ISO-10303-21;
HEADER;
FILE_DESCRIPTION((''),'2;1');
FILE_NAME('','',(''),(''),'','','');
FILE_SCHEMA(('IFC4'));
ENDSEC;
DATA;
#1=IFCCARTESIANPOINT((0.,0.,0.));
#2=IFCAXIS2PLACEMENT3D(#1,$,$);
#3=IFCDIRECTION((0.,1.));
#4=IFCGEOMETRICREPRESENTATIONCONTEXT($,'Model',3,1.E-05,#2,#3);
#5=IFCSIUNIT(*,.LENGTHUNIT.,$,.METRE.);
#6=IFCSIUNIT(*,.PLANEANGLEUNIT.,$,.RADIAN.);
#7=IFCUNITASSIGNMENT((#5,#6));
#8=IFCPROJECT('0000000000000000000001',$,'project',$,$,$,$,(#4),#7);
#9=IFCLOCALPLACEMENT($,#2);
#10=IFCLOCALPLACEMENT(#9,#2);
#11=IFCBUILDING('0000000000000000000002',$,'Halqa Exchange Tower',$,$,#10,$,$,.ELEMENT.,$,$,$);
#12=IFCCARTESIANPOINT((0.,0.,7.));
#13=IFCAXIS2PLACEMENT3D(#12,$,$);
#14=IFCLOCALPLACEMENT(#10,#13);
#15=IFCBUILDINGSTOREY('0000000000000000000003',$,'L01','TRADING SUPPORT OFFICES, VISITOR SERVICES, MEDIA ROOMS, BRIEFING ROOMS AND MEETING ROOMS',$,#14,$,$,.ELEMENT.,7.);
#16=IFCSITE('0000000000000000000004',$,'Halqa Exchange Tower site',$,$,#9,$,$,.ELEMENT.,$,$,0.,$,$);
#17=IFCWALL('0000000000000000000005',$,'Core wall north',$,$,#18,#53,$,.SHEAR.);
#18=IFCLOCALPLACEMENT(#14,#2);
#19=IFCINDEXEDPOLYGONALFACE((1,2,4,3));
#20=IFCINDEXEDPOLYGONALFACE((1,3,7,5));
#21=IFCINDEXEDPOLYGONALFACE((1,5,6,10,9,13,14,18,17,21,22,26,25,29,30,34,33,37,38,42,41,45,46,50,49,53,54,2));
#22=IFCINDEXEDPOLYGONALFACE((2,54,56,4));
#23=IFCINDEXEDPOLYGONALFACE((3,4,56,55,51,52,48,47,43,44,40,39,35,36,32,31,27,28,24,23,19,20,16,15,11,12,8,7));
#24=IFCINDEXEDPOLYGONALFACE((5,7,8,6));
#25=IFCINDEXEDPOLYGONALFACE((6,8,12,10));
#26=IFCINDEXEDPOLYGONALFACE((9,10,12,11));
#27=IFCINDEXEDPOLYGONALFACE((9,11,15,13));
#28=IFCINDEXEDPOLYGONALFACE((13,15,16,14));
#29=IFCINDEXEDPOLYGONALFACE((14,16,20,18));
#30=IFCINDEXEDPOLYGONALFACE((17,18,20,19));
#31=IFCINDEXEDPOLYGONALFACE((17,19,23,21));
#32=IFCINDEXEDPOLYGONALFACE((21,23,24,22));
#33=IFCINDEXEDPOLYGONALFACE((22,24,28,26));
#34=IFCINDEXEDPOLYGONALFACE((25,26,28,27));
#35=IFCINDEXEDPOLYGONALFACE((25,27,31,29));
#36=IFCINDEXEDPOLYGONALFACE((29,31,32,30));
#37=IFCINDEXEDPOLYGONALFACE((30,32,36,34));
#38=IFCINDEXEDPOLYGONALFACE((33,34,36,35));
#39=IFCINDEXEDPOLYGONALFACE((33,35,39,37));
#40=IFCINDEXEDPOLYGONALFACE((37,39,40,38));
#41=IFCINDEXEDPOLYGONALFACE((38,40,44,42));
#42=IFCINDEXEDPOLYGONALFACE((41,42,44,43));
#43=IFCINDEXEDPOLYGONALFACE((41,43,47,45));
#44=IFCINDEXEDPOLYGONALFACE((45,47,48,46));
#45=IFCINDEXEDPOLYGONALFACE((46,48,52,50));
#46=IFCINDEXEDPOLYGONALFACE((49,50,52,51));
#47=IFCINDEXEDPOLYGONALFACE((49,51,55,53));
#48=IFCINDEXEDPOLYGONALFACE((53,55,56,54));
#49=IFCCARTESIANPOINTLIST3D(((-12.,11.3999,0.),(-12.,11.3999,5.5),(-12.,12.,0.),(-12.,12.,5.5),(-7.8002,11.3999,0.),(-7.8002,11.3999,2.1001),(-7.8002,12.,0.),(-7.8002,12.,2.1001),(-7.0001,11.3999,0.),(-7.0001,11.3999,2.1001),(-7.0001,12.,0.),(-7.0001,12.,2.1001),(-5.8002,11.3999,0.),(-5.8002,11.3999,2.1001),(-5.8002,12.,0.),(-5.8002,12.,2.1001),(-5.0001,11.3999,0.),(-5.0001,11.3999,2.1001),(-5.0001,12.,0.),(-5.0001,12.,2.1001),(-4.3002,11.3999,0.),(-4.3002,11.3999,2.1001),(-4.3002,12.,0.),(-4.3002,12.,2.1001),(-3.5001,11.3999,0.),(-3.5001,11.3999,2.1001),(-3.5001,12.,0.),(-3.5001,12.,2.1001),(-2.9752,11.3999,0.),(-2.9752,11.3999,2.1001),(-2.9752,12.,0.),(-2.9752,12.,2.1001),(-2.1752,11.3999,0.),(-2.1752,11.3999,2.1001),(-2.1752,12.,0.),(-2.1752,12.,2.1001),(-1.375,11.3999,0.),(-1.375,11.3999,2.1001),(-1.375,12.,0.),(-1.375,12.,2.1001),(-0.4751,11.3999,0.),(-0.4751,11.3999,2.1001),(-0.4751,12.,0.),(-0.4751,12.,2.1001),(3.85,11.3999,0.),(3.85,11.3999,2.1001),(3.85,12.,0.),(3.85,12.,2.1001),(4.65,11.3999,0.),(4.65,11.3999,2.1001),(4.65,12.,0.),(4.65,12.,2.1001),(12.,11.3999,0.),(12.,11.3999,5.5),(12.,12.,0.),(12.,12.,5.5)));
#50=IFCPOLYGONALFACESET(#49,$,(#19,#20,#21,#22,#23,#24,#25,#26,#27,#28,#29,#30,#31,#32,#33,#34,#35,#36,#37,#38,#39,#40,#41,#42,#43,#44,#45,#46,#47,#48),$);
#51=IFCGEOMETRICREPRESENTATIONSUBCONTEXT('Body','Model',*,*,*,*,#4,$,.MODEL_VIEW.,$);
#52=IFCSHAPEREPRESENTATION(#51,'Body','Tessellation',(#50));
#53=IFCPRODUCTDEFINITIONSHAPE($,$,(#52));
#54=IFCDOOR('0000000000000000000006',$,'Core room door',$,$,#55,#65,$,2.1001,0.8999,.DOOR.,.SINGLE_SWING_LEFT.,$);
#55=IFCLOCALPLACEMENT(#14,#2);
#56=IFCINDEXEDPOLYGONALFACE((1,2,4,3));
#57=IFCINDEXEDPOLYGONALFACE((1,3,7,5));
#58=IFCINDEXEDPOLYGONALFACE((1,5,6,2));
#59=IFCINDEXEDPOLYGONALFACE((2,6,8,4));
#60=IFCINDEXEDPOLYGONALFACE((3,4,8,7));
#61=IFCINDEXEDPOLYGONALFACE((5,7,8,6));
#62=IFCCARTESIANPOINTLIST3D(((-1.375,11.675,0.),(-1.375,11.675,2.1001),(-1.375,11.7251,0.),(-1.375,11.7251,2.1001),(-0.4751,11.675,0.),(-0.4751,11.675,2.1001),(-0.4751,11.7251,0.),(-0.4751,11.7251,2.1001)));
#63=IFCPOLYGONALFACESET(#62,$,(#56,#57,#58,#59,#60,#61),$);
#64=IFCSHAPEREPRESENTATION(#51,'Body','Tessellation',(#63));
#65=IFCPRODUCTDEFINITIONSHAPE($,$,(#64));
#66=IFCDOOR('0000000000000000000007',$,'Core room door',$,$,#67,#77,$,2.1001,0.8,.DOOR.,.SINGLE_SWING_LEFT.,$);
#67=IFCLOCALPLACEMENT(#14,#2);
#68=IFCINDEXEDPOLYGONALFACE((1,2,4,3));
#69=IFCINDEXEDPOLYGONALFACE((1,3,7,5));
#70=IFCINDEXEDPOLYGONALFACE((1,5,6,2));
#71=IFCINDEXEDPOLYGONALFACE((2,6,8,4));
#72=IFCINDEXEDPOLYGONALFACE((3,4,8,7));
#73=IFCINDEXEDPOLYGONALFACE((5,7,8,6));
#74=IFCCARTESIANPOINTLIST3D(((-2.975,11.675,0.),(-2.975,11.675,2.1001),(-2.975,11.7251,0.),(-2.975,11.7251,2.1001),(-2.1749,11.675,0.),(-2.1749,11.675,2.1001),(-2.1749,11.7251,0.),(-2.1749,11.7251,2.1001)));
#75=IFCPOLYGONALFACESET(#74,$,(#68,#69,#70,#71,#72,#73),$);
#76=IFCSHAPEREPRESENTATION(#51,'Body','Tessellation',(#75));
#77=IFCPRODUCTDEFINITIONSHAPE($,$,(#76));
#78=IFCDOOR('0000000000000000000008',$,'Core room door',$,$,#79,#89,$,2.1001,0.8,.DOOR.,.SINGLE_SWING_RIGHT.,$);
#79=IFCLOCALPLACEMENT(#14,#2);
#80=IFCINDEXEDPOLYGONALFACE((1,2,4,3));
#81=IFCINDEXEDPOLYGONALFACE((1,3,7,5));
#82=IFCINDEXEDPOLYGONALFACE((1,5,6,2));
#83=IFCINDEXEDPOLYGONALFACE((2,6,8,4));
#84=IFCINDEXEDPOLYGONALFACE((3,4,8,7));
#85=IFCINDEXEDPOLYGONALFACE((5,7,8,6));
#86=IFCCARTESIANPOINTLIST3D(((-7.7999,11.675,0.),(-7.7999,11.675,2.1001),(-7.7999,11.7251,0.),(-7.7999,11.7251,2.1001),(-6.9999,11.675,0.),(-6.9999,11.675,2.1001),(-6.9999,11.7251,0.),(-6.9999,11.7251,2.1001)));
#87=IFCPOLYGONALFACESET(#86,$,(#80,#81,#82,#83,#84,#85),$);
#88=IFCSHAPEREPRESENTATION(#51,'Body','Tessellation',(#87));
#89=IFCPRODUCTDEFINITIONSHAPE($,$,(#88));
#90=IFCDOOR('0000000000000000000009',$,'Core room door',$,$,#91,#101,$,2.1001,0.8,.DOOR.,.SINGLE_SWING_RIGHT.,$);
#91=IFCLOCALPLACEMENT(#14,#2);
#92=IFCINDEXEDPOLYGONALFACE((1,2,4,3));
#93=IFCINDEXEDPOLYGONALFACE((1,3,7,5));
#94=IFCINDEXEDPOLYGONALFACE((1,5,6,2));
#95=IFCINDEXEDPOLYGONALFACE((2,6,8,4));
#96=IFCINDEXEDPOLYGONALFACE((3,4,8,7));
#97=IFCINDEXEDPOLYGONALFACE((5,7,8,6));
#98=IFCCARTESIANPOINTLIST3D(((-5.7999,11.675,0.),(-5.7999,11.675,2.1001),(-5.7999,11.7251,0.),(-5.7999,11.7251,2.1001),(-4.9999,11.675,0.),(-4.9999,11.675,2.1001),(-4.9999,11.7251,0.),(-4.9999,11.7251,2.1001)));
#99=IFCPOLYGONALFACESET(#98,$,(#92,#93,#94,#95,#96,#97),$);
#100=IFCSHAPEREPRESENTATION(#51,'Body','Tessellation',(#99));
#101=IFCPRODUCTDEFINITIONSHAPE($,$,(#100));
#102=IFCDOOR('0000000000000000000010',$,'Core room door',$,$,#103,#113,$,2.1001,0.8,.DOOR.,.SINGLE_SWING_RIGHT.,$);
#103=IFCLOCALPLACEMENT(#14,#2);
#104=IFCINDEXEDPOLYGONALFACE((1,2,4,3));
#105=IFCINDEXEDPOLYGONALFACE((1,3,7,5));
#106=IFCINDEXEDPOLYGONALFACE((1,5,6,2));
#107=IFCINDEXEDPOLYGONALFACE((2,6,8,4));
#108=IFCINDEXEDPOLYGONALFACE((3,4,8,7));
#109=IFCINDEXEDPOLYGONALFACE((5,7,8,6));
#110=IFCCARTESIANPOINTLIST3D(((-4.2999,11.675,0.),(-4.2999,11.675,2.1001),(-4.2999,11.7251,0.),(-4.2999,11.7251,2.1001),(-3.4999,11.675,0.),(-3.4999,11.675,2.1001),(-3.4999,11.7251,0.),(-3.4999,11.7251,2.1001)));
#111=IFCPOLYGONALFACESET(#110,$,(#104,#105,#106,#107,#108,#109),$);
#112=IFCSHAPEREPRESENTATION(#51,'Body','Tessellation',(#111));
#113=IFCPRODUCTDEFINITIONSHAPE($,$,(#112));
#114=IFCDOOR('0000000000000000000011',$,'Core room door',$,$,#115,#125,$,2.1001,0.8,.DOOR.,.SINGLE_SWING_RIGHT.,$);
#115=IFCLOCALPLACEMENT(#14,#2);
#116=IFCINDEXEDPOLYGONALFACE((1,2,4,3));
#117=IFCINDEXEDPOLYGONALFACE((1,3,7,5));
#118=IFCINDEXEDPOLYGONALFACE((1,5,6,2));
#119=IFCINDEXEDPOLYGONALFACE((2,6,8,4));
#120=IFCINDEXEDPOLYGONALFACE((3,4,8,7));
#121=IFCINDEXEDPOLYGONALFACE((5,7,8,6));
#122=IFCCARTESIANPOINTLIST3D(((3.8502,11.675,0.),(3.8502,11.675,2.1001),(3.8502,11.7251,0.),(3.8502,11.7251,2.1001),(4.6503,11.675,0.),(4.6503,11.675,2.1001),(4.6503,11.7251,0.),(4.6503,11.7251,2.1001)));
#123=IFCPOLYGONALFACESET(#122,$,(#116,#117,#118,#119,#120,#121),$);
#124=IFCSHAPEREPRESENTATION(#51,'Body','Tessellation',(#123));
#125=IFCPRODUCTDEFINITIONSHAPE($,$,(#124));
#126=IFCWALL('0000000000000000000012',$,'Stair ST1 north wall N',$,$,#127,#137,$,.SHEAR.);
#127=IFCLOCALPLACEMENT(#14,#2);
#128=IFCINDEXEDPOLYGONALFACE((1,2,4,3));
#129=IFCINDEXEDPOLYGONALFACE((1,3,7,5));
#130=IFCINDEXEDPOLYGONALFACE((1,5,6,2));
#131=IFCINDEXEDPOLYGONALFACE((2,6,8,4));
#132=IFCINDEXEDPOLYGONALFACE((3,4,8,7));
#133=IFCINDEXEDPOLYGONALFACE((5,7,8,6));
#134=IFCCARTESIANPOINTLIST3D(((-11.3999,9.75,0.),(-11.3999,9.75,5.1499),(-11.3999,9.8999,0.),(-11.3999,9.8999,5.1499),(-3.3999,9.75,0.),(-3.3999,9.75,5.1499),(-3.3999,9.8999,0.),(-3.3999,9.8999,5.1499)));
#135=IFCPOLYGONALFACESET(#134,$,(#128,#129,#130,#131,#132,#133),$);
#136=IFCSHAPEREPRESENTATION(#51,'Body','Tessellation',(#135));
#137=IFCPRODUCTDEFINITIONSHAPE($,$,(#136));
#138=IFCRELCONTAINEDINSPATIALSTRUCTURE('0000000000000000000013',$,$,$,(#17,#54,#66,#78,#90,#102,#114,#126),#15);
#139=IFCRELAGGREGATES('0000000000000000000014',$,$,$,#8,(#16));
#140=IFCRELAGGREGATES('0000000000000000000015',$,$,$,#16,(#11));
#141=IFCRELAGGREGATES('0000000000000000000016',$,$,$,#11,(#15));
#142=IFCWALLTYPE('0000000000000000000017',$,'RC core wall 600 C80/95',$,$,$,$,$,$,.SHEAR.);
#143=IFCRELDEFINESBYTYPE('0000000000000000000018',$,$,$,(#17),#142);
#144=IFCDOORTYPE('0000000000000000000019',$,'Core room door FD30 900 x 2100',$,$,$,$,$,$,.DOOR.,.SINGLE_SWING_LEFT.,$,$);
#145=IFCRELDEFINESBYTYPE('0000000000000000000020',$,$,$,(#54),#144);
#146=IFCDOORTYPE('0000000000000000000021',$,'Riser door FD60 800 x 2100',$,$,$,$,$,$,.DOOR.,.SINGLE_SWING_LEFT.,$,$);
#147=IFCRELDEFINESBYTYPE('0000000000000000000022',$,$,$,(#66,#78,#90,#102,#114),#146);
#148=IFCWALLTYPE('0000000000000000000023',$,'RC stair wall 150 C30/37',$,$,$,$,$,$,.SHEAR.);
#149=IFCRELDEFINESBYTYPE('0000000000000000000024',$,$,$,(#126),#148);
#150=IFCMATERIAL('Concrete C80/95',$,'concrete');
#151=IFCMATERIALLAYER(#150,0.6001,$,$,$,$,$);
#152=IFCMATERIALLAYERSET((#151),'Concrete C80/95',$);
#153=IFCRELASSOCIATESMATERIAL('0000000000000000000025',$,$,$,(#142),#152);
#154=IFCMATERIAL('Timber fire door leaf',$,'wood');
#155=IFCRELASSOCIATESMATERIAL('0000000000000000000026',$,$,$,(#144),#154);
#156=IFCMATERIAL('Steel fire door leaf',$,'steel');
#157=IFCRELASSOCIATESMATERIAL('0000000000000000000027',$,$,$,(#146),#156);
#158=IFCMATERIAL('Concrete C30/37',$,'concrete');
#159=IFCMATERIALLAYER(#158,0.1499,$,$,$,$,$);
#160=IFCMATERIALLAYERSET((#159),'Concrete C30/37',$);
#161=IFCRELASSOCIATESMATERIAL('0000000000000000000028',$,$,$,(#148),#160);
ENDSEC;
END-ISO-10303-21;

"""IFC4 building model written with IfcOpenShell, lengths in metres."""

from ifc_helpers import new_model, si_unit, direction, frame, frame_2d, origin, place, context, subcontext, project, spatial, rectangle, extrude, material, layer, layer_set, type_object, element, fill, save


model = new_model("IFC4")

# Units and contexts
model_context = context("Model", 3, precision=1e-05, world=origin(), true_north=direction((0.0, 1.0)))
body_context = subcontext(model_context, "Body", "Model", "MODEL_VIEW")
ifc_project = project(units=[si_unit("LENGTHUNIT", "METRE"), si_unit("PLANEANGLEUNIT", "RADIAN")], contexts=[model_context])

# Site, building, storey
site_placement = place(None, origin())
site = spatial("IfcSite", under=ifc_project, at=site_placement, Name="Halqa Exchange Tower site", CompositionType="ELEMENT", RefElevation=0.0)
building_placement = place(site_placement, origin())
building = spatial("IfcBuilding", under=site, at=building_placement, Name="Halqa Exchange Tower", CompositionType="ELEMENT")
storey_placement = place(building_placement, frame((0.0, 0.0, 7.0)))
storey = spatial("IfcBuildingStorey", under=building, at=storey_placement, Name="L01", Description="TRADING SUPPORT OFFICES, VISITOR SERVICES, MEDIA ROOMS, BRIEFING ROOMS AND MEETING ROOMS", CompositionType="ELEMENT", Elevation=7.0)

# Shared definitions
ifc_material_1 = material(Name="Steel fire door leaf", Category="steel")

# Wall, openings, doors
ifc_material_2 = material(Name="Concrete C80/95", Category="concrete")
ifc_layer_1 = layer(ifc_material_2, 0.6001)
ifc_layer_set_1 = layer_set([ifc_layer_1], Name="Concrete C80/95")
wall_type_1 = type_object("IfcWallType", Name="RC core wall 600 C80/95", PredefinedType="SHEAR", material=ifc_layer_set_1)
wall_1_placement = place(storey_placement, frame((-12.0, 11.7, 0.0), z_axis=(0.0, 0.0, 1.0), x_axis=(1.0, 0.0, 0.0)))
wall_1 = element("IfcWall", 1, at=wall_1_placement, inside=storey, type_object=wall_type_1, Name="Core wall north", PredefinedType="SHEAR", context=body_context, shape_type="SweptSolid", body=[
    extrude(rectangle(XDim=24.0, YDim=0.6001, at=frame_2d((12.0, 0.0))), origin(), (0.0, 0.0, 1.0), 5.5),
])
opening_1_placement = place(wall_1_placement, frame((9.0249, 0.0, 0.0)))
opening_1 = element("IfcOpeningElement", 2, at=opening_1_placement, cuts=wall_1, PredefinedType="OPENING", context=body_context, shape_type="SweptSolid", body=[
    extrude(rectangle(XDim=0.8, YDim=2.1001, at=frame_2d((0.3999, 1.05))), frame((0.0, 0.312, 0.0), z_axis=(0.0, -1.0, 0.0), x_axis=(1.0, 0.0, 0.0)), (0.0, 0.0, 1.0), 0.624),
])
opening_2_placement = place(wall_1_placement, frame((10.625, 0.0, 0.0)))
opening_2 = element("IfcOpeningElement", 3, at=opening_2_placement, cuts=wall_1, PredefinedType="OPENING", context=body_context, shape_type="SweptSolid", body=[
    extrude(rectangle(XDim=0.8999, YDim=2.1001, at=frame_2d((0.45, 1.05))), frame((0.0, 0.312, 0.0), z_axis=(0.0, -1.0, 0.0), x_axis=(1.0, 0.0, 0.0)), (0.0, 0.0, 1.0), 0.624),
])
opening_3_placement = place(wall_1_placement, frame((4.2, 0.0, 0.0)))
opening_3 = element("IfcOpeningElement", 4, at=opening_3_placement, cuts=wall_1, PredefinedType="OPENING", context=body_context, shape_type="SweptSolid", body=[
    extrude(rectangle(XDim=0.8, YDim=2.1001, at=frame_2d((0.3999, 1.05))), frame((0.0, 0.312, 0.0), z_axis=(0.0, -1.0, 0.0), x_axis=(1.0, 0.0, 0.0)), (0.0, 0.0, 1.0), 0.624),
])
opening_4_placement = place(wall_1_placement, frame((6.2, 0.0, 0.0)))
opening_4 = element("IfcOpeningElement", 5, at=opening_4_placement, cuts=wall_1, PredefinedType="OPENING", context=body_context, shape_type="SweptSolid", body=[
    extrude(rectangle(XDim=0.8, YDim=2.1001, at=frame_2d((0.3999, 1.05))), frame((0.0, 0.312, 0.0), z_axis=(0.0, -1.0, 0.0), x_axis=(1.0, 0.0, 0.0)), (0.0, 0.0, 1.0), 0.624),
])
opening_5_placement = place(wall_1_placement, frame((7.7, 0.0, 0.0)))
opening_5 = element("IfcOpeningElement", 6, at=opening_5_placement, cuts=wall_1, PredefinedType="OPENING", context=body_context, shape_type="SweptSolid", body=[
    extrude(rectangle(XDim=0.8, YDim=2.1001, at=frame_2d((0.3999, 1.05))), frame((0.0, 0.312, 0.0), z_axis=(0.0, -1.0, 0.0), x_axis=(1.0, 0.0, 0.0)), (0.0, 0.0, 1.0), 0.624),
])
opening_6_placement = place(wall_1_placement, frame((15.8501, 0.0, 0.0)))
opening_6 = element("IfcOpeningElement", 7, at=opening_6_placement, cuts=wall_1, PredefinedType="OPENING", context=body_context, shape_type="SweptSolid", body=[
    extrude(rectangle(XDim=0.8, YDim=2.1001, at=frame_2d((0.3999, 1.05))), frame((0.0, 0.312, 0.0), z_axis=(0.0, -1.0, 0.0), x_axis=(1.0, 0.0, 0.0)), (0.0, 0.0, 1.0), 0.624),
])
ifc_material_3 = material(Name="Timber fire door leaf", Category="wood")
door_type_1 = type_object("IfcDoorType", Name="Core room door FD30 900 x 2100", OperationType="SINGLE_SWING_LEFT", PredefinedType="DOOR", material=ifc_material_3)
door_1_placement = place(opening_2_placement, frame((0.8999, 0.0, 0.0), z_axis=(0.0, 0.0, 1.0), x_axis=(-1.0, 0.0, 0.0)))
door_1 = element("IfcDoor", 8, at=door_1_placement, inside=storey, type_object=door_type_1, Name="Core room door", OperationType="SINGLE_SWING_LEFT", OverallHeight=2.1001, OverallWidth=0.8999, PredefinedType="DOOR", context=body_context, shape_type="SweptSolid", body=[
    extrude(rectangle(XDim=0.8999, YDim=2.1001, at=frame_2d((0.45, 1.05))), frame((0.0, 0.0249, 0.0), z_axis=(0.0, -1.0, 0.0), x_axis=(1.0, 0.0, 0.0)), (0.0, 0.0, 1.0), 0.05),
])
fill(opening_2, door_1)
door_type_2 = type_object("IfcDoorType", Name="Riser door FD60 800 x 2100", OperationType="SINGLE_SWING_LEFT", PredefinedType="DOOR", material=ifc_material_1)
door_2_placement = place(opening_1_placement, frame((0.8, 0.0, 0.0), z_axis=(0.0, 0.0, 1.0), x_axis=(-1.0, 0.0, 0.0)))
door_2 = element("IfcDoor", 9, at=door_2_placement, inside=storey, type_object=door_type_2, Name="Core room door", OperationType="SINGLE_SWING_LEFT", OverallHeight=2.1001, OverallWidth=0.8, PredefinedType="DOOR", context=body_context, shape_type="SweptSolid", body=[
    extrude(rectangle(XDim=0.8, YDim=2.1001, at=frame_2d((0.3999, 1.05))), frame((0.0, 0.0249, 0.0), z_axis=(0.0, -1.0, 0.0), x_axis=(1.0, 0.0, 0.0)), (0.0, 0.0, 1.0), 0.05),
])
fill(opening_1, door_2)
door_3_placement = place(opening_3_placement, frame((0.8, 0.0, 0.0), z_axis=(0.0, 0.0, 1.0), x_axis=(-1.0, 0.0, 0.0)))
door_3 = element("IfcDoor", 10, at=door_3_placement, inside=storey, type_object=door_type_2, Name="Core room door", OperationType="SINGLE_SWING_RIGHT", OverallHeight=2.1001, OverallWidth=0.8, PredefinedType="DOOR", context=body_context, shape_type="SweptSolid", body=[
    extrude(rectangle(XDim=0.8, YDim=2.1001, at=frame_2d((0.3999, 1.05))), frame((0.0, 0.0249, 0.0), z_axis=(0.0, -1.0, 0.0), x_axis=(1.0, 0.0, 0.0)), (0.0, 0.0, 1.0), 0.05),
])
fill(opening_3, door_3)
door_4_placement = place(opening_4_placement, frame((0.8, 0.0, 0.0), z_axis=(0.0, 0.0, 1.0), x_axis=(-1.0, 0.0, 0.0)))
door_4 = element("IfcDoor", 11, at=door_4_placement, inside=storey, type_object=door_type_2, Name="Core room door", OperationType="SINGLE_SWING_RIGHT", OverallHeight=2.1001, OverallWidth=0.8, PredefinedType="DOOR", context=body_context, shape_type="SweptSolid", body=[
    extrude(rectangle(XDim=0.8, YDim=2.1001, at=frame_2d((0.3999, 1.05))), frame((0.0, 0.0249, 0.0), z_axis=(0.0, -1.0, 0.0), x_axis=(1.0, 0.0, 0.0)), (0.0, 0.0, 1.0), 0.05),
])
fill(opening_4, door_4)
door_5_placement = place(opening_5_placement, frame((0.8, 0.0, 0.0), z_axis=(0.0, 0.0, 1.0), x_axis=(-1.0, 0.0, 0.0)))
door_5 = element("IfcDoor", 12, at=door_5_placement, inside=storey, type_object=door_type_2, Name="Core room door", OperationType="SINGLE_SWING_RIGHT", OverallHeight=2.1001, OverallWidth=0.8, PredefinedType="DOOR", context=body_context, shape_type="SweptSolid", body=[
    extrude(rectangle(XDim=0.8, YDim=2.1001, at=frame_2d((0.3999, 1.05))), frame((0.0, 0.0249, 0.0), z_axis=(0.0, -1.0, 0.0), x_axis=(1.0, 0.0, 0.0)), (0.0, 0.0, 1.0), 0.05),
])
fill(opening_5, door_5)
door_6_placement = place(opening_6_placement, frame((0.8, 0.0, 0.0), z_axis=(0.0, 0.0, 1.0), x_axis=(-1.0, 0.0, 0.0)))
door_6 = element("IfcDoor", 13, at=door_6_placement, inside=storey, type_object=door_type_2, Name="Core room door", OperationType="SINGLE_SWING_RIGHT", OverallHeight=2.1001, OverallWidth=0.8, PredefinedType="DOOR", context=body_context, shape_type="SweptSolid", body=[
    extrude(rectangle(XDim=0.8, YDim=2.1001, at=frame_2d((0.3999, 1.05))), frame((0.0, 0.0249, 0.0), z_axis=(0.0, -1.0, 0.0), x_axis=(1.0, 0.0, 0.0)), (0.0, 0.0, 1.0), 0.05),
])
fill(opening_6, door_6)

# Wall
ifc_material_4 = material(Name="Concrete C30/37", Category="concrete")
ifc_layer_2 = layer(ifc_material_4, 0.1499)
ifc_layer_set_2 = layer_set([ifc_layer_2], Name="Concrete C30/37")
wall_type_2 = type_object("IfcWallType", Name="RC stair wall 150 C30/37", PredefinedType="SHEAR", material=ifc_layer_set_2)
wall_2_placement = place(storey_placement, frame((-11.3999, 9.825, 0.0), z_axis=(0.0, 0.0, 1.0), x_axis=(1.0, 0.0, 0.0)))
element("IfcWall", 14, at=wall_2_placement, inside=storey, type_object=wall_type_2, Name="Stair ST1 north wall N", PredefinedType="SHEAR", context=body_context, shape_type="SweptSolid", body=[
    extrude(rectangle(XDim=8.0, YDim=0.1499, at=frame_2d((4.0, 0.0))), origin(), (0.0, 0.0, 1.0), 5.1499),
])

save(model, "model.ifc")
